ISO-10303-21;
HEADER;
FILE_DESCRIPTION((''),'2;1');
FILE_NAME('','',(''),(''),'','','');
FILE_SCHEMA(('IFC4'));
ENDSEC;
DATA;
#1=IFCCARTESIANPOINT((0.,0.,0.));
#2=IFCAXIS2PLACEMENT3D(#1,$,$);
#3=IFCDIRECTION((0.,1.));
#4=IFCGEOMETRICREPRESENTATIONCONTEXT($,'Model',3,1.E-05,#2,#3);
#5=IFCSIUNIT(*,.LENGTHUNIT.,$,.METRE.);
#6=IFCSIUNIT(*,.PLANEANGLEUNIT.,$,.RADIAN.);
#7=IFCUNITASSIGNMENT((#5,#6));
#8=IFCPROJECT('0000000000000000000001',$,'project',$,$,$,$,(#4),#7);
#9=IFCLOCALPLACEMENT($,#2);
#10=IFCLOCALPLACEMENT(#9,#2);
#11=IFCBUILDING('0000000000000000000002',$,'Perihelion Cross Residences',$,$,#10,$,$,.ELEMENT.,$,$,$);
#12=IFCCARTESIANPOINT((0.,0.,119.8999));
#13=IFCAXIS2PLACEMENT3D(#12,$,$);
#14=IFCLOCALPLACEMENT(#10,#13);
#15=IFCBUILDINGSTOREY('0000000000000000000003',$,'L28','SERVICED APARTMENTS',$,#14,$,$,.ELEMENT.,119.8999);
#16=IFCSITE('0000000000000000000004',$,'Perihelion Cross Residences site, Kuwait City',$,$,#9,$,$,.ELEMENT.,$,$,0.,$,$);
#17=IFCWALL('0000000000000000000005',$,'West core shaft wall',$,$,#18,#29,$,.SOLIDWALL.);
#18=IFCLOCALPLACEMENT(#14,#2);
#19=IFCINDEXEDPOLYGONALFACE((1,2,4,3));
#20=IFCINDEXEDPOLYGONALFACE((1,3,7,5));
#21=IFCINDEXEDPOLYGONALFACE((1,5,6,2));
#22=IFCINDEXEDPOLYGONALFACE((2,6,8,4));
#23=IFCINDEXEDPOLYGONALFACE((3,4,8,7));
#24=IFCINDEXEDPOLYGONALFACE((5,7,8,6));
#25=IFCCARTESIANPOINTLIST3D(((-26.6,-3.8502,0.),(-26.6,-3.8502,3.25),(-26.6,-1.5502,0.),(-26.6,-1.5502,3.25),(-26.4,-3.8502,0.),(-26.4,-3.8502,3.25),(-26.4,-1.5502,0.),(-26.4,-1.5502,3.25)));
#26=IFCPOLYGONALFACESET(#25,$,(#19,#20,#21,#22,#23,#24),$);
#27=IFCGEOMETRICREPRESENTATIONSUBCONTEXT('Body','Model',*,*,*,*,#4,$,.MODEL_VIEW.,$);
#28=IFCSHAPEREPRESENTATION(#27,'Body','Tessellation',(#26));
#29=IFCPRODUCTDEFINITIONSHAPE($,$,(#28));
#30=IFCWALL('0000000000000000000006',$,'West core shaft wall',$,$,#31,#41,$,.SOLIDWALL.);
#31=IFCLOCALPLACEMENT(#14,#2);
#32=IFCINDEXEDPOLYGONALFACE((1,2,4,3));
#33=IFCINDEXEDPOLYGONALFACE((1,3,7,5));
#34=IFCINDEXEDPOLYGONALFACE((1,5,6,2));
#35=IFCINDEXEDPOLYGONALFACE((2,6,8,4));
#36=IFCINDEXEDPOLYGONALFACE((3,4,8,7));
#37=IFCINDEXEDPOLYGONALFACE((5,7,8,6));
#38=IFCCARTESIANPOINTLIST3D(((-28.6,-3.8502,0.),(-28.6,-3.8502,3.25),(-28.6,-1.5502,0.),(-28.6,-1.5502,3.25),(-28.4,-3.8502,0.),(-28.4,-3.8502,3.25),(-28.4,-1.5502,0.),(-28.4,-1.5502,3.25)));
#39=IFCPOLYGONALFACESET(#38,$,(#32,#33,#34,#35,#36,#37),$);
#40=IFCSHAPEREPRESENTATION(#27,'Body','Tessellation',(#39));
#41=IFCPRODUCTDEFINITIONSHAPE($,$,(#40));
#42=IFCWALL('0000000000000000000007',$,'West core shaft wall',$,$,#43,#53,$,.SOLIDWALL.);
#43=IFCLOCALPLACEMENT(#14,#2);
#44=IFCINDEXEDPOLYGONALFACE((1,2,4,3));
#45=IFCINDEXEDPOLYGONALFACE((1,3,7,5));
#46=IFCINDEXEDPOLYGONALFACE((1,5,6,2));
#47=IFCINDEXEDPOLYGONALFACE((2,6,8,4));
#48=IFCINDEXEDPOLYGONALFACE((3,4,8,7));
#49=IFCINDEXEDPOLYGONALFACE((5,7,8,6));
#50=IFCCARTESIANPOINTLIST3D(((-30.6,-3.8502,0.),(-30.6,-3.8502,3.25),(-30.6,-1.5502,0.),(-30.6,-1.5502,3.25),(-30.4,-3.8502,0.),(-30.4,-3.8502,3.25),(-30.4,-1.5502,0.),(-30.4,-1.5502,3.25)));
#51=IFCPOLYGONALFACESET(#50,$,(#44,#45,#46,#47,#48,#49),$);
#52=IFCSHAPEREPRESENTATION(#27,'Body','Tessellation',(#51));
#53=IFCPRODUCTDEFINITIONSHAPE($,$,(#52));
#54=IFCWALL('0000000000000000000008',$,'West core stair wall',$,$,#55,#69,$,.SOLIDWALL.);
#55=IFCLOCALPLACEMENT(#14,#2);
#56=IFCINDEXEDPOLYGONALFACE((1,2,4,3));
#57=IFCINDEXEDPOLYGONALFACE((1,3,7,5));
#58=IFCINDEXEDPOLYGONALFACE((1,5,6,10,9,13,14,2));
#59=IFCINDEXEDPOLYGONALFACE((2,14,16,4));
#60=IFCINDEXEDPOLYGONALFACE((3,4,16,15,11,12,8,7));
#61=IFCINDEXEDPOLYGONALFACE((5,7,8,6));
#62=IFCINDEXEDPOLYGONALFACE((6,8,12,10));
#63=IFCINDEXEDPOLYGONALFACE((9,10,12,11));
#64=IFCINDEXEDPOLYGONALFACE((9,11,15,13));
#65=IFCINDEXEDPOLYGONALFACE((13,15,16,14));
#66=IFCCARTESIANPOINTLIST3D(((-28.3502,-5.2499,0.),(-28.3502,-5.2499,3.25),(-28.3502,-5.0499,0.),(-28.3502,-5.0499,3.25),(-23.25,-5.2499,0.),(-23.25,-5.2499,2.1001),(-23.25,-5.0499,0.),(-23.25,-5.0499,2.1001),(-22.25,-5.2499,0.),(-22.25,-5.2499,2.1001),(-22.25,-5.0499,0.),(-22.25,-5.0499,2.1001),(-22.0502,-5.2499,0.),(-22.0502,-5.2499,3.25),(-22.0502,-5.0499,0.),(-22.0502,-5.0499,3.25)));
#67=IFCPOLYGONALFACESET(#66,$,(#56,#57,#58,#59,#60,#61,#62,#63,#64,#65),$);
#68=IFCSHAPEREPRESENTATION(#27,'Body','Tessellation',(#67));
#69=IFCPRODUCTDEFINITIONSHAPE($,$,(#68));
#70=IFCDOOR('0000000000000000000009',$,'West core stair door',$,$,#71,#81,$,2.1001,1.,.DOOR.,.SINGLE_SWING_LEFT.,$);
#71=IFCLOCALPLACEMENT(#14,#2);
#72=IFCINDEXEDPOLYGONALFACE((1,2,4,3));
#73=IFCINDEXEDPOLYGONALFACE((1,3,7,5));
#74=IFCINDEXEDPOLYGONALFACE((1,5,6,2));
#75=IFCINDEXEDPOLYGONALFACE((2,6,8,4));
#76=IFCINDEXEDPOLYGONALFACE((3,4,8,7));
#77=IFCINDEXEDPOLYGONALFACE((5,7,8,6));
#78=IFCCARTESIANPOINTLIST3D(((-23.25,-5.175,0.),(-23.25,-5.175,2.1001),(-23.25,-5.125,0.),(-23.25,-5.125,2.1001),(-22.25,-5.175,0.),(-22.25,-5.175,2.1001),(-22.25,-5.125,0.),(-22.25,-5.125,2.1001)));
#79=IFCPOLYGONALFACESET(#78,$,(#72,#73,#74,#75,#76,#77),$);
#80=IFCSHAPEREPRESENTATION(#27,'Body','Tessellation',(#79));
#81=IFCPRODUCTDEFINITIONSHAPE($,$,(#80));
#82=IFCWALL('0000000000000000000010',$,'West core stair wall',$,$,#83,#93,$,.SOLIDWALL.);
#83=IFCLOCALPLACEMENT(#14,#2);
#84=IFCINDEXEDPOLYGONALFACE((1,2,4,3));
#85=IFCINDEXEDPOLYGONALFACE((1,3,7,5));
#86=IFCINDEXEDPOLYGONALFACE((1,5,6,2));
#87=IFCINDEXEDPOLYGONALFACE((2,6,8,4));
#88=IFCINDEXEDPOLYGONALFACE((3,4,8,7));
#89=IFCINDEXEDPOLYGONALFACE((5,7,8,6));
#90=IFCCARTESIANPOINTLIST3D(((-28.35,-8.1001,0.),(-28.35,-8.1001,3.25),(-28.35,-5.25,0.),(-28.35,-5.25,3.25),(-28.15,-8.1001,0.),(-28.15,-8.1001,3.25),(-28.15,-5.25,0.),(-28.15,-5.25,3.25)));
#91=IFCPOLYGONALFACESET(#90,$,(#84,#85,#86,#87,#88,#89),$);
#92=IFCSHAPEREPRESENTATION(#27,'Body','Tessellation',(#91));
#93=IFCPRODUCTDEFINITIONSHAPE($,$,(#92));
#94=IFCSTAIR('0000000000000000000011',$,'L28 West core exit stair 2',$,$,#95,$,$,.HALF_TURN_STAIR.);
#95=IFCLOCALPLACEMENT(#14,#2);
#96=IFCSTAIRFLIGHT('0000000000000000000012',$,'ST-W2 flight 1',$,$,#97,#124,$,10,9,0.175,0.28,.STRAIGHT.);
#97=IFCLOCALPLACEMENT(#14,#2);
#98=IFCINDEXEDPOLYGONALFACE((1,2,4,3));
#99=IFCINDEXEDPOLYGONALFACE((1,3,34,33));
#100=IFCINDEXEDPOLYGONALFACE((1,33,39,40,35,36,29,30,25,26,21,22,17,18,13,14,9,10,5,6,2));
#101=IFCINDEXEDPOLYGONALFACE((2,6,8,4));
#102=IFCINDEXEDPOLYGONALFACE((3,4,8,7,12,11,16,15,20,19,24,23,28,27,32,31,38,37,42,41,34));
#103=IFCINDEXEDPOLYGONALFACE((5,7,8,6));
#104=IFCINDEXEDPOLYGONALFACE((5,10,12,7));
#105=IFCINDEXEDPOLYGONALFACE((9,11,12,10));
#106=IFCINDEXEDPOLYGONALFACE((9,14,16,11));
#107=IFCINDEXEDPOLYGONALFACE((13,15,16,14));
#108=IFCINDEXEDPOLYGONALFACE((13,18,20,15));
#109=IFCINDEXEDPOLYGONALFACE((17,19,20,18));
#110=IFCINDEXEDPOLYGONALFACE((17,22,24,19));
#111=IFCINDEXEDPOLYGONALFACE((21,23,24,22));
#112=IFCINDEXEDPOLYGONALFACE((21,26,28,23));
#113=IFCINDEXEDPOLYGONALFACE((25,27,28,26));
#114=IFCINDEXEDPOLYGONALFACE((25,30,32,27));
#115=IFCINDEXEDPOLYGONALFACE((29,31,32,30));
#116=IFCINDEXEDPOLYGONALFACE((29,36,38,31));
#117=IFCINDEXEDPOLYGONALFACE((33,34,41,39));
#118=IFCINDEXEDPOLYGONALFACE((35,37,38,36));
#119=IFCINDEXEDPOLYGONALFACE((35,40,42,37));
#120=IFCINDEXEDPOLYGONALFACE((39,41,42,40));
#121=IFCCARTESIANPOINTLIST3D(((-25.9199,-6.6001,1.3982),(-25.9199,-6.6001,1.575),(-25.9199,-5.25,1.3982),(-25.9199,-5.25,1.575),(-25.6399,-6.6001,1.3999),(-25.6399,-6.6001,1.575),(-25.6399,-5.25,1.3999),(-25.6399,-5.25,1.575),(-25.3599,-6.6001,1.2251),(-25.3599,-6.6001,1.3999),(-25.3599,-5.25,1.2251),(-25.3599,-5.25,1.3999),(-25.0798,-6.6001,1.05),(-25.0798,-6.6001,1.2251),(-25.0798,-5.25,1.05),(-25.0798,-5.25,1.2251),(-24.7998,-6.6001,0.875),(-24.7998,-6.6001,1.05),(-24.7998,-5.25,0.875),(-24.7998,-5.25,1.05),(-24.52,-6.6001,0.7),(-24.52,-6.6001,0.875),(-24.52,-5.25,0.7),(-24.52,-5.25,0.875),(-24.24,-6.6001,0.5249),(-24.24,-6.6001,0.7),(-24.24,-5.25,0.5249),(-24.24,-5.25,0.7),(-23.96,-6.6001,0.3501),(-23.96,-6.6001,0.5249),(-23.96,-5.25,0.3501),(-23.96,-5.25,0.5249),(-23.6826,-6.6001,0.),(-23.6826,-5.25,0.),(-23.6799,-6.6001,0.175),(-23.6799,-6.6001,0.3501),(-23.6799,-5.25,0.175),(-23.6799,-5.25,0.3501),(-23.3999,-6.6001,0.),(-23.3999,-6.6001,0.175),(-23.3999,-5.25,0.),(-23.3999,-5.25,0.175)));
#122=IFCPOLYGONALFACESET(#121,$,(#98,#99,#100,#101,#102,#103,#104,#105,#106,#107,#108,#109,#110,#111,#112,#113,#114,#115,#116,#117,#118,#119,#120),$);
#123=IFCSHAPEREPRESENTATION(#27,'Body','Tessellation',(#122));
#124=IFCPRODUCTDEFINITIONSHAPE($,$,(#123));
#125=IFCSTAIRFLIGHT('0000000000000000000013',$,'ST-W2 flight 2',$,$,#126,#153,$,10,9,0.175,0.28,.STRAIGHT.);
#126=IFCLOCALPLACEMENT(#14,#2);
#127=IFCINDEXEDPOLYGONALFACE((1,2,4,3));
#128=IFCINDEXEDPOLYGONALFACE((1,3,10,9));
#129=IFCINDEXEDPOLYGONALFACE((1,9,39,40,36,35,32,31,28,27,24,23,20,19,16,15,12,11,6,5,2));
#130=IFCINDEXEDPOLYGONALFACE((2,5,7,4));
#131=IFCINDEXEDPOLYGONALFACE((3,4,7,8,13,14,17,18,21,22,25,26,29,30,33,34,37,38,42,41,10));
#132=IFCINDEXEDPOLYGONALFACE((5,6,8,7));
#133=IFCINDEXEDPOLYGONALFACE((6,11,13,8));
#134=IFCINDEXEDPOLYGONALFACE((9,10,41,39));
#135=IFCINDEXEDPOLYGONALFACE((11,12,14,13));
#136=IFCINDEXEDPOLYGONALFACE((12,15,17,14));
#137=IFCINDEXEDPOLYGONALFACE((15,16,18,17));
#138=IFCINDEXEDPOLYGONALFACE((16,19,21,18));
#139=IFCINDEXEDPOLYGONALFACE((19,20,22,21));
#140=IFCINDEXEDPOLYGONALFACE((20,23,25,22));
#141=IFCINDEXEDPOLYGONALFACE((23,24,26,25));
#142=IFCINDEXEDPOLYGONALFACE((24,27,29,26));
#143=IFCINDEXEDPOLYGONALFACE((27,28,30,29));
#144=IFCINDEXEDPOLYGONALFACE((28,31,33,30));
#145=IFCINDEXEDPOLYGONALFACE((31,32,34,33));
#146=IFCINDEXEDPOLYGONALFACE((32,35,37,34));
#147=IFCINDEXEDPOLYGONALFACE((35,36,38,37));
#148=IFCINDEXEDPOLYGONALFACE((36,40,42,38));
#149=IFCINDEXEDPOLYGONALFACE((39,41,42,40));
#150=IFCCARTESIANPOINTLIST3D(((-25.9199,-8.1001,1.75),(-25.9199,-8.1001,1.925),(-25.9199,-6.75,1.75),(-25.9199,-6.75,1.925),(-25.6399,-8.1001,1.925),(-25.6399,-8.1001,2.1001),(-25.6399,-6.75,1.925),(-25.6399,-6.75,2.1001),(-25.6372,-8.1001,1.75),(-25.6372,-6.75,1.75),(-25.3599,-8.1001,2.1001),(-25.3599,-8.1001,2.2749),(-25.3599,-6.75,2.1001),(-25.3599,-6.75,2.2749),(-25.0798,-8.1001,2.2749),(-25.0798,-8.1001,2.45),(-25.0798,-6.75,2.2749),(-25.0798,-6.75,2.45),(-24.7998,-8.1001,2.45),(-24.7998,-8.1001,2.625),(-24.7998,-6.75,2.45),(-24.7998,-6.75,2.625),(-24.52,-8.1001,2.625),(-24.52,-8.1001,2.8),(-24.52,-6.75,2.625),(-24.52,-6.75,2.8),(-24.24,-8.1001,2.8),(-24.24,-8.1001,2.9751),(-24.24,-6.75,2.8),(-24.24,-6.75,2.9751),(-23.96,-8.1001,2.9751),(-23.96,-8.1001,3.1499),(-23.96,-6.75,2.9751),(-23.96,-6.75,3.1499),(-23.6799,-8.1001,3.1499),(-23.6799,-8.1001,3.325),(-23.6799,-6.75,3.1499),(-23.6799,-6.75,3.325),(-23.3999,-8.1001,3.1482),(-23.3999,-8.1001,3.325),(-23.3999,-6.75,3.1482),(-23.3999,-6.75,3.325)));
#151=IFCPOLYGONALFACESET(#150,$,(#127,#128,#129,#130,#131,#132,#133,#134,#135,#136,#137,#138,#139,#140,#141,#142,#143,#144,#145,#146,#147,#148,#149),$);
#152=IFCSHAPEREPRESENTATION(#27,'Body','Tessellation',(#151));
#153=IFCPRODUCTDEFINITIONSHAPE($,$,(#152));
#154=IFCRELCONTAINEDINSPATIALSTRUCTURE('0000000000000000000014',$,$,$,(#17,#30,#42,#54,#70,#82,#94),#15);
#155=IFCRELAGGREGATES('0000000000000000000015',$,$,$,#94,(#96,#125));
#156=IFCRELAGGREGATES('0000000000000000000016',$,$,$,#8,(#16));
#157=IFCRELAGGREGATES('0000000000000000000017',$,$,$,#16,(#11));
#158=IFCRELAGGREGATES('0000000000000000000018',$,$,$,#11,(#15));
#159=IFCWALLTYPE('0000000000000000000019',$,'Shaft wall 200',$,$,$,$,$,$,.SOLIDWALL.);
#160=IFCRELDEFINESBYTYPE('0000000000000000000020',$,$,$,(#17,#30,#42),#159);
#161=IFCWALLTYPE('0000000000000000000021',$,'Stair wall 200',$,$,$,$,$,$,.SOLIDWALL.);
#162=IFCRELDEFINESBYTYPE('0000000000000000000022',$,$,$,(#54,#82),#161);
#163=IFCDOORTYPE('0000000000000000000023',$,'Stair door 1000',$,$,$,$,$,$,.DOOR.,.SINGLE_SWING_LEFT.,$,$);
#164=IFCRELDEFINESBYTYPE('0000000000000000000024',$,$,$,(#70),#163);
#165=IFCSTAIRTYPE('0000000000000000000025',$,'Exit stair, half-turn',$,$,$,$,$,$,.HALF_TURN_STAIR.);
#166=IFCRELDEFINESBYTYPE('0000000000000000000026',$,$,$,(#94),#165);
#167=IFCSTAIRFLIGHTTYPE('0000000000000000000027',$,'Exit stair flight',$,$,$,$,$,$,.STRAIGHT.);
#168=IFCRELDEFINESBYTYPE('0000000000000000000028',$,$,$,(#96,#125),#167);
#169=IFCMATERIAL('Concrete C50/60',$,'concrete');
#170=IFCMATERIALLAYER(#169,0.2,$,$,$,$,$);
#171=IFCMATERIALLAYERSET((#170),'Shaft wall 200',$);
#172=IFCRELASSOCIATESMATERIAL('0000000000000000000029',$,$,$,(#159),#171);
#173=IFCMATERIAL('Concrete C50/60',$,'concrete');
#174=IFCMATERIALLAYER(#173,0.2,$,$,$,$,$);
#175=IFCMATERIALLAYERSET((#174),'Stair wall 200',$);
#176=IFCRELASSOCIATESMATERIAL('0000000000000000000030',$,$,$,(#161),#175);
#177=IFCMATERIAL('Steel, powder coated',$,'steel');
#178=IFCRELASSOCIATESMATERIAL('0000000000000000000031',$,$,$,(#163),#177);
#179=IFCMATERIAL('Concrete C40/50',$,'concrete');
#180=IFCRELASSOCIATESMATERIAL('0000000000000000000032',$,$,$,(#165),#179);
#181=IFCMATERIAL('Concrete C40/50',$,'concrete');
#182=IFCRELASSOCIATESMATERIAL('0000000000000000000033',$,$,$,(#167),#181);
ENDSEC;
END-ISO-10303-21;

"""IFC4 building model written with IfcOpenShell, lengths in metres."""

from ifc_helpers import new_model, si_unit, direction, frame, frame_2d, origin, place, context, subcontext, project, spatial, polyline, rectangle, outline, extrude, material, layer, layer_set, type_object, element, fill, aggregate, save


model = new_model("IFC4")

# Units and contexts
model_context = context("Model", 3, precision=1e-05, world=origin(), true_north=direction((0.0, 1.0)))
body_context = subcontext(model_context, "Body", "Model", "MODEL_VIEW")
ifc_project = project(units=[si_unit("LENGTHUNIT", "METRE"), si_unit("PLANEANGLEUNIT", "RADIAN")], contexts=[model_context])

# Site, building, storey
site_placement = place(None, origin())
site = spatial("IfcSite", under=ifc_project, at=site_placement, Name="Perihelion Cross Residences site, Kuwait City", CompositionType="ELEMENT", RefElevation=0.0)
building_placement = place(site_placement, origin())
building = spatial("IfcBuilding", under=site, at=building_placement, Name="Perihelion Cross Residences", CompositionType="ELEMENT")
storey_placement = place(building_placement, frame((0.0, 0.0, 119.8999)))
storey = spatial("IfcBuildingStorey", under=building, at=storey_placement, Name="L28", Description="SERVICED APARTMENTS", CompositionType="ELEMENT", Elevation=119.8999)

# Shared definitions
ifc_material_1 = material(Name="Concrete C50/60", Category="concrete")
ifc_layer_1 = layer(ifc_material_1, 0.2)
ifc_layer_set_1 = layer_set([ifc_layer_1], Name="Shaft wall 200")
wall_type_1 = type_object("IfcWallType", Name="Shaft wall 200", PredefinedType="SOLIDWALL", material=ifc_layer_set_1)

# Walls
for number, where, z_axis, x_axis, name in (
    (1, (-26.5, -3.8501, 0.0), (0.0, 0.0, 1.0), (0.0, 1.0, 0.0), "West core shaft wall"),
    (2, (-28.5, -3.8501, 0.0), (0.0, 0.0, 1.0), (0.0, 1.0, 0.0), "West core shaft wall"),
    (3, (-30.5, -3.8501, 0.0), (0.0, 0.0, 1.0), (0.0, 1.0, 0.0), "West core shaft wall"),
):
    element("IfcWall", number, at=place(storey_placement, frame(where, z_axis=z_axis, x_axis=x_axis)), inside=storey, type_object=wall_type_1, Name=name, PredefinedType="SOLIDWALL", context=body_context, shape_type="SweptSolid", body=[
        extrude(rectangle(XDim=2.3, YDim=0.2, at=frame_2d((1.1499, 0.0))), origin(), (0.0, 0.0, 1.0), 3.25),
    ])

# Wall, opening, door
ifc_material_2 = material(Name="Concrete C50/60", Category="concrete")
ifc_layer_2 = layer(ifc_material_2, 0.2)
ifc_layer_set_2 = layer_set([ifc_layer_2], Name="Stair wall 200")
wall_type_2 = type_object("IfcWallType", Name="Stair wall 200", PredefinedType="SOLIDWALL", material=ifc_layer_set_2)
wall_1_placement = place(storey_placement, frame((-28.3501, -5.1499, 0.0), z_axis=(0.0, 0.0, 1.0), x_axis=(1.0, 0.0, 0.0)))
wall_1 = element("IfcWall", 4, at=wall_1_placement, inside=storey, type_object=wall_type_2, Name="West core stair wall", PredefinedType="SOLIDWALL", context=body_context, shape_type="SweptSolid", body=[
    extrude(rectangle(XDim=6.3, YDim=0.2, at=frame_2d((3.1499, 0.0))), origin(), (0.0, 0.0, 1.0), 3.25),
])
opening_1_placement = place(wall_1_placement, frame((5.1001, 0.0, 0.0)))
opening_1 = element("IfcOpeningElement", 5, at=opening_1_placement, cuts=wall_1, PredefinedType="OPENING", context=body_context, shape_type="SweptSolid", body=[
    extrude(rectangle(XDim=1.0, YDim=2.1001, at=frame_2d((0.5, 1.05))), frame((0.0, 0.1099, 0.0), z_axis=(0.0, -1.0, 0.0), x_axis=(1.0, 0.0, 0.0)), (0.0, 0.0, 1.0), 0.22),
])
ifc_material_3 = material(Name="Steel, powder coated", Category="steel")
door_type_1 = type_object("IfcDoorType", Name="Stair door 1000", OperationType="SINGLE_SWING_LEFT", PredefinedType="DOOR", material=ifc_material_3)
door_1_placement = place(opening_1_placement, origin())
door_1 = element("IfcDoor", 6, at=door_1_placement, inside=storey, type_object=door_type_1, Name="West core stair door", OperationType="SINGLE_SWING_LEFT", OverallHeight=2.1001, OverallWidth=1.0, PredefinedType="DOOR", context=body_context, shape_type="SweptSolid", body=[
    extrude(rectangle(XDim=1.0, YDim=2.1001, at=frame_2d((0.5, 1.05))), frame((0.0, 0.0249, 0.0), z_axis=(0.0, -1.0, 0.0), x_axis=(1.0, 0.0, 0.0)), (0.0, 0.0, 1.0), 0.05),
])
fill(opening_1, door_1)

# Wall
wall_2_placement = place(storey_placement, frame((-28.25, -8.1001, 0.0), z_axis=(0.0, 0.0, 1.0), x_axis=(0.0, 1.0, 0.0)))
element("IfcWall", 7, at=wall_2_placement, inside=storey, type_object=wall_type_2, Name="West core stair wall", PredefinedType="SOLIDWALL", context=body_context, shape_type="SweptSolid", body=[
    extrude(rectangle(XDim=2.8501, YDim=0.2, at=frame_2d((1.425, 0.0))), origin(), (0.0, 0.0, 1.0), 3.25),
])

# Stair, stair flights
ifc_material_4 = material(Name="Concrete C40/50", Category="concrete")
stair_type = type_object("IfcStairType", Name="Exit stair, half-turn", PredefinedType="HALF_TURN_STAIR", material=ifc_material_4)
stair_placement = place(storey_placement, origin())
stair = element("IfcStair", 8, at=stair_placement, inside=storey, type_object=stair_type, Name="L28 West core exit stair 2", PredefinedType="HALF_TURN_STAIR")
ifc_material_5 = material(Name="Concrete C40/50", Category="concrete")
stair_flight_type = type_object("IfcStairFlightType", Name="Exit stair flight", PredefinedType="STRAIGHT", material=ifc_material_5)
stair_flight_1_placement = place(storey_placement, frame((-23.3999, -5.925, 0.0), z_axis=(0.0, 0.0, 1.0), x_axis=(-1.0, 0.0, 0.0)))
stair_flight_1 = element("IfcStairFlight", 9, at=stair_flight_1_placement, type_object=stair_flight_type, Name="ST-W2 flight 1", NumberOfRisers=10, NumberOfTreads=9, PredefinedType="STRAIGHT", RiserHeight=0.175, TreadLength=0.28, context=body_context, shape_type="SweptSolid", body=[
    extrude(outline(polyline([(0.0, 0.0), (0.0, 0.175), (0.28, 0.175), (0.28, 0.3501), (0.5601, 0.3501), (0.5601, 0.5249), (0.8401, 0.5249), (0.8401, 0.7), (1.1201, 0.7), (1.1201, 0.875), (1.3999, 0.875), (1.3999, 1.05), (1.6799, 1.05), (1.6799, 1.2251), (1.96, 1.2251), (1.96, 1.3999), (2.24, 1.3999), (2.24, 1.575), (2.52, 1.575), (2.52, 1.75), (2.52, 1.3982), (0.2827, 0.0), (0.0, 0.0)])), frame((0.0, 0.675, 0.0), z_axis=(0.0, -1.0, 0.0), x_axis=(1.0, 0.0, 0.0)), (0.0, 0.0, 1.0), 1.3501),
])
stair_flight_2_placement = place(storey_placement, frame((-25.9199, -7.425, 1.75), z_axis=(0.0, 0.0, 1.0), x_axis=(1.0, 0.0, 0.0)))
stair_flight_2 = element("IfcStairFlight", 10, at=stair_flight_2_placement, type_object=stair_flight_type, Name="ST-W2 flight 2", NumberOfRisers=10, NumberOfTreads=9, PredefinedType="STRAIGHT", RiserHeight=0.175, TreadLength=0.28, context=body_context, shape_type="SweptSolid", body=[
    extrude(outline(polyline([(0.0, 0.0), (0.0, 0.175), (0.28, 0.175), (0.28, 0.3501), (0.5601, 0.3501), (0.5601, 0.5249), (0.8401, 0.5249), (0.8401, 0.7), (1.1201, 0.7), (1.1201, 0.875), (1.3999, 0.875), (1.3999, 1.05), (1.6799, 1.05), (1.6799, 1.2251), (1.96, 1.2251), (1.96, 1.3999), (2.24, 1.3999), (2.24, 1.575), (2.52, 1.575), (2.52, 1.75), (2.52, 1.3982), (0.2827, 0.0), (0.0, 0.0)])), frame((0.0, 0.675, 0.0), z_axis=(0.0, -1.0, 0.0), x_axis=(1.0, 0.0, 0.0)), (0.0, 0.0, 1.0), 1.3501),
])
aggregate(stair, [stair_flight_1, stair_flight_2])

save(model, "model.ifc")
